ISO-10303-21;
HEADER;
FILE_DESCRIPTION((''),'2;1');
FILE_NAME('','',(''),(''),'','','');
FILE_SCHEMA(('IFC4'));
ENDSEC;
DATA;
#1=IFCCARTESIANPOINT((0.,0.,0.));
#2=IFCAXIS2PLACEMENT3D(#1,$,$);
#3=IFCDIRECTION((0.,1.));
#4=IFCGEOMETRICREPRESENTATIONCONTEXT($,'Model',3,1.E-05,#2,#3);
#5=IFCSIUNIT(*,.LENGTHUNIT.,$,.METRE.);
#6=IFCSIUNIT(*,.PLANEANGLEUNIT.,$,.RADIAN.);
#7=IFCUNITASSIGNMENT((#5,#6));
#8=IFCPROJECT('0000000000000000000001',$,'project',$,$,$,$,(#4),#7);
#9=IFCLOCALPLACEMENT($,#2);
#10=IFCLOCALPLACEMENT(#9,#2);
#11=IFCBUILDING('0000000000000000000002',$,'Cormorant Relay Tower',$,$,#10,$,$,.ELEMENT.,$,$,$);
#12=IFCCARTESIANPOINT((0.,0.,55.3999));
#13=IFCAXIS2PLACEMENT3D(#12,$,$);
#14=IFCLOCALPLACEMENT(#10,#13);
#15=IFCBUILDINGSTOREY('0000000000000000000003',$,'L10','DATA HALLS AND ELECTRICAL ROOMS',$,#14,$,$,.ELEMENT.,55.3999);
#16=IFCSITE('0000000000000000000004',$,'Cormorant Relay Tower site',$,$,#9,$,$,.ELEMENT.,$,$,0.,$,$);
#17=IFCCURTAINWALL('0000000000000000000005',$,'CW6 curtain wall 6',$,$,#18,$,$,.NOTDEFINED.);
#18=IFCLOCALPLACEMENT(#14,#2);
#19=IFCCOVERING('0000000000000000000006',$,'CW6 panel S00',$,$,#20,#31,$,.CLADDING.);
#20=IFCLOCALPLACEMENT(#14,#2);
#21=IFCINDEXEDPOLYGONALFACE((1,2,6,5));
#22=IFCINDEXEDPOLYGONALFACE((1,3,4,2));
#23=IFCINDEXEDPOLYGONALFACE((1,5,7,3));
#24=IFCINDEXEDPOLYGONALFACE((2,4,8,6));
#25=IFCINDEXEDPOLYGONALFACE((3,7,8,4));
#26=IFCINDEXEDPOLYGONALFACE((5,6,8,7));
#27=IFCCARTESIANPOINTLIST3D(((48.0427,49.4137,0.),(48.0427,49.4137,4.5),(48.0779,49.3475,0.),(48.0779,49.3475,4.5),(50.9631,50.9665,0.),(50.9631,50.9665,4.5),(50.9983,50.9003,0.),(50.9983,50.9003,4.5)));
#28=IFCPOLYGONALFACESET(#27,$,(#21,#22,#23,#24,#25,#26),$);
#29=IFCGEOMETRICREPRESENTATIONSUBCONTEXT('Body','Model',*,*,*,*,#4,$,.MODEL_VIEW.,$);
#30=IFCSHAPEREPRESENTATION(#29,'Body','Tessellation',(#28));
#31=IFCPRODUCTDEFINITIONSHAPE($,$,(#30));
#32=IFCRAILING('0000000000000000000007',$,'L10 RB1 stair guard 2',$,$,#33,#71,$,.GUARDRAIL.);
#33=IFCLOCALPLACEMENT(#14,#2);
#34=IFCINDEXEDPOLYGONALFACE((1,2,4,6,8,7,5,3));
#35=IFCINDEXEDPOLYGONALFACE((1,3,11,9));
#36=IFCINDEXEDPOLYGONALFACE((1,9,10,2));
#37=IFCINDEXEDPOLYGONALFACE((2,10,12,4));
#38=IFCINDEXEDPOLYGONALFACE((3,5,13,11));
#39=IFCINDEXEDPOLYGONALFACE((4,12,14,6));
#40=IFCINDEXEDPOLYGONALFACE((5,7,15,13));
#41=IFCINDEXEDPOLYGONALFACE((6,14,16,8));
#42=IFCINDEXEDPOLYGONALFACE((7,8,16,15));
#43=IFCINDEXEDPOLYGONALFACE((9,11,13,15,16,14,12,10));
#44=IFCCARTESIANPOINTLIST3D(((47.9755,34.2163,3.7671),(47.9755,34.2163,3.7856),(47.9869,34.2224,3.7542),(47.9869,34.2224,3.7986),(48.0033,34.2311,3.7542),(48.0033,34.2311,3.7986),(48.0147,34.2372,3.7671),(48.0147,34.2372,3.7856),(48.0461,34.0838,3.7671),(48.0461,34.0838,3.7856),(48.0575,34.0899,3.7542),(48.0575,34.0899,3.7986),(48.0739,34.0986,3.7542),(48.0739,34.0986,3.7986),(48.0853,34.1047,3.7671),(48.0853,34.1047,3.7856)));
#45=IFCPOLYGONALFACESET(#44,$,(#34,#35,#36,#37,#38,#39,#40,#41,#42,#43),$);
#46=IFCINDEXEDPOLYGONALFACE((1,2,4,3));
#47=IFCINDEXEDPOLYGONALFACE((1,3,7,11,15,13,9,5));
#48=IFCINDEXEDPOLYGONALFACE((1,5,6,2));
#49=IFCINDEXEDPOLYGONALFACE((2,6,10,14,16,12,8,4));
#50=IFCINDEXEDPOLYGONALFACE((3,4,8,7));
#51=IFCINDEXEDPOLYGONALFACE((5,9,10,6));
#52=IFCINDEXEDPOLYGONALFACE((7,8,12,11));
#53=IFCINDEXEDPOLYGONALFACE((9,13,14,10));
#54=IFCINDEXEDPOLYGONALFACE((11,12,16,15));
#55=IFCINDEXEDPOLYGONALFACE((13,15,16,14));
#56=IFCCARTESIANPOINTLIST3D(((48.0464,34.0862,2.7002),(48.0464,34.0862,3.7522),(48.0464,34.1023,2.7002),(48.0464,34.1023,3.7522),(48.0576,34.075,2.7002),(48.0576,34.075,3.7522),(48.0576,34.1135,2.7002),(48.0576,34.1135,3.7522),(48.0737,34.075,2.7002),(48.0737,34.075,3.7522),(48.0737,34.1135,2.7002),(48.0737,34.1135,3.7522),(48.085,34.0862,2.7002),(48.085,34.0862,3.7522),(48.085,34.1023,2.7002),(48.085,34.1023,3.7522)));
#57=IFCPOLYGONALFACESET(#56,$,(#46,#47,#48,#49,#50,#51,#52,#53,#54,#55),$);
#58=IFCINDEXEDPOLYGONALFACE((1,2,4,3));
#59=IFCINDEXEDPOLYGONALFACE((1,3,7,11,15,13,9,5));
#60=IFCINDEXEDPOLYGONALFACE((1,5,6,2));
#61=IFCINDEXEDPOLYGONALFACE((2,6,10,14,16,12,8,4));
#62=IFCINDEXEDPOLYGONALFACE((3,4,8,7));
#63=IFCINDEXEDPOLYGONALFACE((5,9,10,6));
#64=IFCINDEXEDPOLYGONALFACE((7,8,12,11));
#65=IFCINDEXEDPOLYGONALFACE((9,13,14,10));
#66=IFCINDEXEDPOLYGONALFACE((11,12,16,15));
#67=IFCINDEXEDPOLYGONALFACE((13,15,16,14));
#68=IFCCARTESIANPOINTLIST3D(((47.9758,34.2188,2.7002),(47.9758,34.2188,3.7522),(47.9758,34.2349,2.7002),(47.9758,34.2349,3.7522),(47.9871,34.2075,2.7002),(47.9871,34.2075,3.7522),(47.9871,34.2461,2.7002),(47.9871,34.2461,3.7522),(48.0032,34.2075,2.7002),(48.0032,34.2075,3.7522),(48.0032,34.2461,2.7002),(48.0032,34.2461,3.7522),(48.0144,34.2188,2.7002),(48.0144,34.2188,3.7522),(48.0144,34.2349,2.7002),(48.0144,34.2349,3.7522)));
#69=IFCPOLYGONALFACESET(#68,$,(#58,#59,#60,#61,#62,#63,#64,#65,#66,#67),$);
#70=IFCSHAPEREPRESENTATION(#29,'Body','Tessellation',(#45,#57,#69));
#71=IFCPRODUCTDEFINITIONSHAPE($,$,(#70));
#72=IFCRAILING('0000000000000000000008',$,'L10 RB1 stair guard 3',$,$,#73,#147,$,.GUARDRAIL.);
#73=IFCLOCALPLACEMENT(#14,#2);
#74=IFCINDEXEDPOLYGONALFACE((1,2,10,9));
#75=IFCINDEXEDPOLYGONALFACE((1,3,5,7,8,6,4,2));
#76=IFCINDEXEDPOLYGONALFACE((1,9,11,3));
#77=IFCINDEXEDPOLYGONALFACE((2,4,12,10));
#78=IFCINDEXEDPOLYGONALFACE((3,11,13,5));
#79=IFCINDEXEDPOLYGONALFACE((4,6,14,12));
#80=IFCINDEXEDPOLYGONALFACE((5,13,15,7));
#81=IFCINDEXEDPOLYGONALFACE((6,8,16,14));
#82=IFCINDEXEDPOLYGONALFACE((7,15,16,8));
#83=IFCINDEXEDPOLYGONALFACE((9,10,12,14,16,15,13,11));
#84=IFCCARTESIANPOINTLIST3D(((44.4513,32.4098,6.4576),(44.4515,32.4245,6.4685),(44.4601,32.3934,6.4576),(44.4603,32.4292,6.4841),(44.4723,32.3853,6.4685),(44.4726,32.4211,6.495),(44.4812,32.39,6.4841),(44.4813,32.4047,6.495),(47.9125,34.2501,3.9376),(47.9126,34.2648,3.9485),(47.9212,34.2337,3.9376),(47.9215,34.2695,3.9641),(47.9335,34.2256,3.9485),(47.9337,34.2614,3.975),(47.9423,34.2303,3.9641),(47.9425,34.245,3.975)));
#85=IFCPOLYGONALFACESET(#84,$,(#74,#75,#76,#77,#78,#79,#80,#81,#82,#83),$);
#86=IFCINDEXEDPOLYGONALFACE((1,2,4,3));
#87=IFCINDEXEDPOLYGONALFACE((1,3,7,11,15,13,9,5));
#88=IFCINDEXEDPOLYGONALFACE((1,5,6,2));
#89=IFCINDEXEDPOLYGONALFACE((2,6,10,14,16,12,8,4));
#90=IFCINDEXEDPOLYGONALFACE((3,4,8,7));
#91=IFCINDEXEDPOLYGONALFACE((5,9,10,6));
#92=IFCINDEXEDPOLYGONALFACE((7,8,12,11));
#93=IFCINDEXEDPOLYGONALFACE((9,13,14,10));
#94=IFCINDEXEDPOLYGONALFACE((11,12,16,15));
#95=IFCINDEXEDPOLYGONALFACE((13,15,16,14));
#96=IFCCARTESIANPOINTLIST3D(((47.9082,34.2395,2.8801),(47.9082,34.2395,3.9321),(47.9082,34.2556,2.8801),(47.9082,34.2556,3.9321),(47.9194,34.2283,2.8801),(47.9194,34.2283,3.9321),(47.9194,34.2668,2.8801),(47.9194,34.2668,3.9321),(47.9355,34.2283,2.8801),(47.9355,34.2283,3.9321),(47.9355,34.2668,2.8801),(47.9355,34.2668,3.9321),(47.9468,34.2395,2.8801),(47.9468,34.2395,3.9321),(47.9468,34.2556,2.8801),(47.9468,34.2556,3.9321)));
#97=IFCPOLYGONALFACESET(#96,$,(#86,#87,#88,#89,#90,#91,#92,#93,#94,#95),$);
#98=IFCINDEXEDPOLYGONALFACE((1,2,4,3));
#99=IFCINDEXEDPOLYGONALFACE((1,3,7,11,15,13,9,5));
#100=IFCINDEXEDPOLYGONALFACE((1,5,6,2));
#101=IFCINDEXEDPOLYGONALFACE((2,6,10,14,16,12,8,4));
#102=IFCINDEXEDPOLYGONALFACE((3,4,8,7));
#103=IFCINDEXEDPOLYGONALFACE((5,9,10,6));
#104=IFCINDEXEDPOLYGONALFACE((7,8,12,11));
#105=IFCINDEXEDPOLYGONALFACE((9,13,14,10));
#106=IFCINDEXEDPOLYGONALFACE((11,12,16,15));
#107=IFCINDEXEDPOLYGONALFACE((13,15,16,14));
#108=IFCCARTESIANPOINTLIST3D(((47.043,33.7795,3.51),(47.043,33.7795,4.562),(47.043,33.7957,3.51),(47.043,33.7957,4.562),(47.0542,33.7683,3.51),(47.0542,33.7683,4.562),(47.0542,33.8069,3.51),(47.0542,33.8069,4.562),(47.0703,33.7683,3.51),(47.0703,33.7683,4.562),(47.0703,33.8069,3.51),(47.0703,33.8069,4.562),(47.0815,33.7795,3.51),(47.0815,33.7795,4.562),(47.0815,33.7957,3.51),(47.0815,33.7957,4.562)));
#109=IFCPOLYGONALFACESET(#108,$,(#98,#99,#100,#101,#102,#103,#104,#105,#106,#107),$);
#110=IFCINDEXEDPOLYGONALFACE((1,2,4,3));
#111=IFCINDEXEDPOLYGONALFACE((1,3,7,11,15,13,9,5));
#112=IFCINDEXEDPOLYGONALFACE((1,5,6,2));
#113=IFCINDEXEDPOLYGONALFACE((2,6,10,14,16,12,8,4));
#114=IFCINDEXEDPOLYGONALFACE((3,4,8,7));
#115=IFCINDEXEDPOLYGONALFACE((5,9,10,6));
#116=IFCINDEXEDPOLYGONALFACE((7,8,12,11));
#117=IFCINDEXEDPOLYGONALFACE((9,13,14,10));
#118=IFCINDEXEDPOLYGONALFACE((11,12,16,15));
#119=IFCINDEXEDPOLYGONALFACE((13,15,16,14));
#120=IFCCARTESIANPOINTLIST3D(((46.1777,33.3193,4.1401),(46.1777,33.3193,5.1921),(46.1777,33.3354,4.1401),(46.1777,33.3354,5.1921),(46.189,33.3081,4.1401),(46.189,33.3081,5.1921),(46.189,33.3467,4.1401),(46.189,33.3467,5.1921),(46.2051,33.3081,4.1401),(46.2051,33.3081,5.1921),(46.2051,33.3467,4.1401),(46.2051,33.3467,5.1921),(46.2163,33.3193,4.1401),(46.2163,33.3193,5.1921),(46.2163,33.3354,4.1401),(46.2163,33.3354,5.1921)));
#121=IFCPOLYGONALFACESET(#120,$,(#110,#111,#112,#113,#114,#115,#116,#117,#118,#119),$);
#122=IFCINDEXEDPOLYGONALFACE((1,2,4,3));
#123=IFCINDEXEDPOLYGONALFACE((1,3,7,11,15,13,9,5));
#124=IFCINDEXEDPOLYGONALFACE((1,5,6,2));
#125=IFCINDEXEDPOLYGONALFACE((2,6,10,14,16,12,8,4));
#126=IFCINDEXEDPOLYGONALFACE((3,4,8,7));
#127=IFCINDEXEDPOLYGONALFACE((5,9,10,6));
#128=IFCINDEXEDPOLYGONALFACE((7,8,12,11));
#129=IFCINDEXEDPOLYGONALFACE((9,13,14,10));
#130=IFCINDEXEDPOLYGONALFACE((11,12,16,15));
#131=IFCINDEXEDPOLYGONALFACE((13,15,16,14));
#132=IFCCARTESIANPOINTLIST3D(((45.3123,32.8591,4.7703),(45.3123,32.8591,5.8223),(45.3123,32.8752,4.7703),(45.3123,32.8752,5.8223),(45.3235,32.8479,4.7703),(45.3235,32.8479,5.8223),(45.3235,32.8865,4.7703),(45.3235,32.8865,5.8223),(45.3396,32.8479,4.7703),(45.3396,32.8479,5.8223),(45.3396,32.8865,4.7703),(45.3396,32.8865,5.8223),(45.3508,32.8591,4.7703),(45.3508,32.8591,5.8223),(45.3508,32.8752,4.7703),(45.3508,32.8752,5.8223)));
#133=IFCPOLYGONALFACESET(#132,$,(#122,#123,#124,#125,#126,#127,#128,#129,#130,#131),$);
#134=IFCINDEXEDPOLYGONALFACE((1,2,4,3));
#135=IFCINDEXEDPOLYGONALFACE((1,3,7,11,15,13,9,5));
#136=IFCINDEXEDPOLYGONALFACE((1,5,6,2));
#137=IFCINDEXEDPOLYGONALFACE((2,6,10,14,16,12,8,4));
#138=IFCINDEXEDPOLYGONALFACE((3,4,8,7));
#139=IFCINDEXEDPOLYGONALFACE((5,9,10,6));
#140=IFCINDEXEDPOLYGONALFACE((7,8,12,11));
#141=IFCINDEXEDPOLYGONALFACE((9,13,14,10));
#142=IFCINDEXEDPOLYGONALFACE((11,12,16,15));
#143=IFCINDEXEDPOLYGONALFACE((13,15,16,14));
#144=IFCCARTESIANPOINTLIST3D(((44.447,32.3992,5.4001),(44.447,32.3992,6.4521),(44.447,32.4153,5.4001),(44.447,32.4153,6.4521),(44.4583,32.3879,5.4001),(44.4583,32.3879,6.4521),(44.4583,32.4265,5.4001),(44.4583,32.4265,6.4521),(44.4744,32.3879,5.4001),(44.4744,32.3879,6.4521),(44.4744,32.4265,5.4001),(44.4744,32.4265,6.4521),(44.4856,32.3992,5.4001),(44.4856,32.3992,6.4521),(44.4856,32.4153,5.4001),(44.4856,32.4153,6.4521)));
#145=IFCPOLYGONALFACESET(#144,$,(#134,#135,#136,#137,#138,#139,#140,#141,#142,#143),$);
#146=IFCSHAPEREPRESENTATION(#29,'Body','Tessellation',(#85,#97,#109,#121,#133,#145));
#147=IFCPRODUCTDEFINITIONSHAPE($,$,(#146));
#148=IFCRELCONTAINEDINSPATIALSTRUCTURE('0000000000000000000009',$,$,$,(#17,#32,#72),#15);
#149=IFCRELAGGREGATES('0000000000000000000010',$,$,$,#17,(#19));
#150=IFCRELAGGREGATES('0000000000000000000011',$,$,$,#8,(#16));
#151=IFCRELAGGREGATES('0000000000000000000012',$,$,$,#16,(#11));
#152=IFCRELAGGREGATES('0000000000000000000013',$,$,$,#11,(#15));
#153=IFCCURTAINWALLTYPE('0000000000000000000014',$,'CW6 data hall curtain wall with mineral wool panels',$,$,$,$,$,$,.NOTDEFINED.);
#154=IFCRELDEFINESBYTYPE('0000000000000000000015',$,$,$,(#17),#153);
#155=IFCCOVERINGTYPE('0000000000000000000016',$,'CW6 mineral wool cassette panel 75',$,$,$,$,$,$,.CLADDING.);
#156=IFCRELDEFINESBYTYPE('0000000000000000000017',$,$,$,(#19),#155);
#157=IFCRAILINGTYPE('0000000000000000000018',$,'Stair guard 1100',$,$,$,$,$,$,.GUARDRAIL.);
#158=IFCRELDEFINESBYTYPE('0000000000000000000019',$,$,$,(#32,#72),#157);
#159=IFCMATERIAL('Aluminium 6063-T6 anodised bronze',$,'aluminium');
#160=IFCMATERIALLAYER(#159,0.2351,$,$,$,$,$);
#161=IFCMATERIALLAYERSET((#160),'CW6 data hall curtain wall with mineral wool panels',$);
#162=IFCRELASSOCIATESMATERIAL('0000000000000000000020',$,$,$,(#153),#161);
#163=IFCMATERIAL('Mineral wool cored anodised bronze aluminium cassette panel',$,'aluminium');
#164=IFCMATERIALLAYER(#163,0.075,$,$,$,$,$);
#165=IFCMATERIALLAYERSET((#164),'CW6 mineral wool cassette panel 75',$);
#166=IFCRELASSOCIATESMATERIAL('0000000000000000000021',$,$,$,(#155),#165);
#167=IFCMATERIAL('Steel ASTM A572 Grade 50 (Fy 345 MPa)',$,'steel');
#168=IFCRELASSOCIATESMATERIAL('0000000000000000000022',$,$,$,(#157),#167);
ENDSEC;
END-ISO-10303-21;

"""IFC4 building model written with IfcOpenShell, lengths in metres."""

from ifc_helpers import new_model, si_unit, direction, frame, origin, origin_2d, place, context, subcontext, project, spatial, polyline, rectangle, outline, extrude, material, layer, layer_set, type_object, element, aggregate, save


model = new_model("IFC4")

# Units and contexts
model_context = context("Model", 3, precision=1e-05, world=origin(), true_north=direction((0.0, 1.0)))
body_context = subcontext(model_context, "Body", "Model", "MODEL_VIEW")
ifc_project = project(units=[si_unit("LENGTHUNIT", "METRE"), si_unit("PLANEANGLEUNIT", "RADIAN")], contexts=[model_context])

# Site, building, storey
site_placement = place(None, origin())
site = spatial("IfcSite", under=ifc_project, at=site_placement, Name="Cormorant Relay Tower site", CompositionType="ELEMENT", RefElevation=0.0)
building_placement = place(site_placement, origin())
building = spatial("IfcBuilding", under=site, at=building_placement, Name="Cormorant Relay Tower", CompositionType="ELEMENT")
storey_placement = place(building_placement, frame((0.0, 0.0, 55.3999)))
storey = spatial("IfcBuildingStorey", under=building, at=storey_placement, Name="L10", Description="DATA HALLS AND ELECTRICAL ROOMS", CompositionType="ELEMENT", Elevation=55.3999)

# Shared definitions
ifc_material_1 = material(Name="Aluminium 6063-T6 anodised bronze", Category="aluminium")
ifc_layer_1 = layer(ifc_material_1, 0.2351)
ifc_layer_set_1 = layer_set([ifc_layer_1], Name="CW6 data hall curtain wall with mineral wool panels")
curtain_wall_type = type_object("IfcCurtainWallType", Name="CW6 data hall curtain wall with mineral wool panels", PredefinedType="NOTDEFINED", material=ifc_layer_set_1)

# Curtain wall
curtain_wall_1_placement = place(storey_placement, origin())
curtain_wall_1 = element("IfcCurtainWall", 1, at=curtain_wall_1_placement, inside=storey, type_object=curtain_wall_type, Name="CW6 curtain wall 6", PredefinedType="NOTDEFINED")

# Covering
ifc_material_2 = material(Name="Mineral wool cored anodised bronze aluminium cassette panel", Category="aluminium")
ifc_layer_2 = layer(ifc_material_2, 0.075)
ifc_layer_set_2 = layer_set([ifc_layer_2], Name="CW6 mineral wool cassette panel 75")
covering_type = type_object("IfcCoveringType", Name="CW6 mineral wool cassette panel 75", PredefinedType="CLADDING", material=ifc_layer_set_2)
covering_1_placement = place(storey_placement, frame((49.5205, 50.157, 0.0), z_axis=(0.0, 0.0, 1.0), x_axis=(-0.882948, -0.469472, 0.0)))
covering_1 = element("IfcCovering", 2, at=covering_1_placement, type_object=covering_type, Name="CW6 panel S00", PredefinedType="CLADDING", context=body_context, shape_type="SweptSolid", body=[
    extrude(rectangle(XDim=3.3076, YDim=0.075, at=origin_2d()), origin(), (0.0, 0.0, 1.0), 4.5),
])
aggregate(curtain_wall_1, [covering_1])

# Railings
ifc_material_3 = material(Name="Steel ASTM A572 Grade 50 (Fy 345 MPa)", Category="steel")
railing_type_1 = type_object("IfcRailingType", Name="Stair guard 1100", PredefinedType="GUARDRAIL", material=ifc_material_3)
railing_1_placement = place(storey_placement, frame((48.0657, 34.0942, 2.7002)))
element("IfcRailing", 3, at=railing_1_placement, inside=storey, type_object=railing_type_1, Name="L10 RB1 stair guard 2", PredefinedType="GUARDRAIL", context=body_context, shape_type="SweptSolid", body=[
    extrude(outline(polyline([(0.0222, 0.0093), (0.0093, 0.0222), (-0.0093, 0.0222), (-0.0222, 0.0093), (-0.0222, -0.0093), (-0.0093, -0.0222), (0.0093, -0.0222), (0.0222, -0.0093), (0.0222, 0.0093)])), frame((0.0, 0.0, 1.0762), z_axis=(-0.469829, 0.882758, 0.0), x_axis=(-0.882758, -0.469829, 0.0)), (0.0, 0.0, 1.0), 0.1501),
    extrude(outline(polyline([(0.0193, 0.0081), (0.0081, 0.0193), (-0.0081, 0.0193), (-0.0193, 0.0081), (-0.0193, -0.0081), (-0.0081, -0.0193), (0.0081, -0.0193), (0.0193, -0.0081), (0.0193, 0.0081)])), origin(), (0.0, 0.0, 1.0), 1.052),
    extrude(outline(polyline([(0.0193, 0.0081), (0.0081, 0.0193), (-0.0081, 0.0193), (-0.0193, 0.0081), (-0.0193, -0.0081), (-0.0081, -0.0193), (0.0081, -0.0193), (0.0193, -0.0081), (0.0193, 0.0081)])), frame((-0.0706, 0.1326, 0.0)), (0.0, 0.0, 1.0), 1.052),
])
railing_2_placement = place(storey_placement, frame((47.9275, 34.2476, 2.8801)))
element("IfcRailing", 4, at=railing_2_placement, inside=storey, type_object=railing_type_1, Name="L10 RB1 stair guard 3", PredefinedType="GUARDRAIL", context=body_context, shape_type="SweptSolid", body=[
    extrude(outline(polyline([(0.0222, 0.0093), (0.0093, 0.0222), (-0.0093, 0.0222), (-0.0222, 0.0093), (-0.0222, -0.0093), (-0.0093, -0.0222), (0.0093, -0.0222), (0.0222, -0.0093), (0.0222, 0.0093)])), frame((0.0, 0.0, 1.0762), z_axis=(-0.742717, -0.394907, 0.540758), x_axis=(0.469469, -0.882949, 0.0)), (0.0, 0.0, 1.0), 4.6602),
    extrude(outline(polyline([(0.0193, 0.0081), (0.0081, 0.0193), (-0.0081, 0.0193), (-0.0193, 0.0081), (-0.0193, -0.0081), (-0.0081, -0.0193), (0.0081, -0.0193), (0.0193, -0.0081), (0.0193, 0.0081)])), origin(), (0.0, 0.0, 1.0), 1.052),
    extrude(outline(polyline([(0.0193, 0.0081), (0.0081, 0.0193), (-0.0081, 0.0193), (-0.0193, 0.0081), (-0.0193, -0.0081), (-0.0081, -0.0193), (0.0081, -0.0193), (0.0193, -0.0081), (0.0193, 0.0081)])), frame((-0.8652, -0.46, 0.6299)), (0.0, 0.0, 1.0), 1.052),
    extrude(outline(polyline([(0.0193, 0.0081), (0.0081, 0.0193), (-0.0081, 0.0193), (-0.0193, 0.0081), (-0.0193, -0.0081), (-0.0081, -0.0193), (0.0081, -0.0193), (0.0193, -0.0081), (0.0193, 0.0081)])), frame((-1.7305, -0.9202, 1.26)), (0.0, 0.0, 1.0), 1.052),
    extrude(outline(polyline([(0.0193, 0.0081), (0.0081, 0.0193), (-0.0081, 0.0193), (-0.0193, 0.0081), (-0.0193, -0.0081), (-0.0081, -0.0193), (0.0081, -0.0193), (0.0193, -0.0081), (0.0193, 0.0081)])), frame((-2.5959, -1.3804, 1.8901)), (0.0, 0.0, 1.0), 1.052),
    extrude(outline(polyline([(0.0193, 0.0081), (0.0081, 0.0193), (-0.0081, 0.0193), (-0.0193, 0.0081), (-0.0193, -0.0081), (-0.0081, -0.0193), (0.0081, -0.0193), (0.0193, -0.0081), (0.0193, 0.0081)])), frame((-3.4612, -1.8403, 2.52)), (0.0, 0.0, 1.0), 1.052),
])

save(model, "model.ifc")
